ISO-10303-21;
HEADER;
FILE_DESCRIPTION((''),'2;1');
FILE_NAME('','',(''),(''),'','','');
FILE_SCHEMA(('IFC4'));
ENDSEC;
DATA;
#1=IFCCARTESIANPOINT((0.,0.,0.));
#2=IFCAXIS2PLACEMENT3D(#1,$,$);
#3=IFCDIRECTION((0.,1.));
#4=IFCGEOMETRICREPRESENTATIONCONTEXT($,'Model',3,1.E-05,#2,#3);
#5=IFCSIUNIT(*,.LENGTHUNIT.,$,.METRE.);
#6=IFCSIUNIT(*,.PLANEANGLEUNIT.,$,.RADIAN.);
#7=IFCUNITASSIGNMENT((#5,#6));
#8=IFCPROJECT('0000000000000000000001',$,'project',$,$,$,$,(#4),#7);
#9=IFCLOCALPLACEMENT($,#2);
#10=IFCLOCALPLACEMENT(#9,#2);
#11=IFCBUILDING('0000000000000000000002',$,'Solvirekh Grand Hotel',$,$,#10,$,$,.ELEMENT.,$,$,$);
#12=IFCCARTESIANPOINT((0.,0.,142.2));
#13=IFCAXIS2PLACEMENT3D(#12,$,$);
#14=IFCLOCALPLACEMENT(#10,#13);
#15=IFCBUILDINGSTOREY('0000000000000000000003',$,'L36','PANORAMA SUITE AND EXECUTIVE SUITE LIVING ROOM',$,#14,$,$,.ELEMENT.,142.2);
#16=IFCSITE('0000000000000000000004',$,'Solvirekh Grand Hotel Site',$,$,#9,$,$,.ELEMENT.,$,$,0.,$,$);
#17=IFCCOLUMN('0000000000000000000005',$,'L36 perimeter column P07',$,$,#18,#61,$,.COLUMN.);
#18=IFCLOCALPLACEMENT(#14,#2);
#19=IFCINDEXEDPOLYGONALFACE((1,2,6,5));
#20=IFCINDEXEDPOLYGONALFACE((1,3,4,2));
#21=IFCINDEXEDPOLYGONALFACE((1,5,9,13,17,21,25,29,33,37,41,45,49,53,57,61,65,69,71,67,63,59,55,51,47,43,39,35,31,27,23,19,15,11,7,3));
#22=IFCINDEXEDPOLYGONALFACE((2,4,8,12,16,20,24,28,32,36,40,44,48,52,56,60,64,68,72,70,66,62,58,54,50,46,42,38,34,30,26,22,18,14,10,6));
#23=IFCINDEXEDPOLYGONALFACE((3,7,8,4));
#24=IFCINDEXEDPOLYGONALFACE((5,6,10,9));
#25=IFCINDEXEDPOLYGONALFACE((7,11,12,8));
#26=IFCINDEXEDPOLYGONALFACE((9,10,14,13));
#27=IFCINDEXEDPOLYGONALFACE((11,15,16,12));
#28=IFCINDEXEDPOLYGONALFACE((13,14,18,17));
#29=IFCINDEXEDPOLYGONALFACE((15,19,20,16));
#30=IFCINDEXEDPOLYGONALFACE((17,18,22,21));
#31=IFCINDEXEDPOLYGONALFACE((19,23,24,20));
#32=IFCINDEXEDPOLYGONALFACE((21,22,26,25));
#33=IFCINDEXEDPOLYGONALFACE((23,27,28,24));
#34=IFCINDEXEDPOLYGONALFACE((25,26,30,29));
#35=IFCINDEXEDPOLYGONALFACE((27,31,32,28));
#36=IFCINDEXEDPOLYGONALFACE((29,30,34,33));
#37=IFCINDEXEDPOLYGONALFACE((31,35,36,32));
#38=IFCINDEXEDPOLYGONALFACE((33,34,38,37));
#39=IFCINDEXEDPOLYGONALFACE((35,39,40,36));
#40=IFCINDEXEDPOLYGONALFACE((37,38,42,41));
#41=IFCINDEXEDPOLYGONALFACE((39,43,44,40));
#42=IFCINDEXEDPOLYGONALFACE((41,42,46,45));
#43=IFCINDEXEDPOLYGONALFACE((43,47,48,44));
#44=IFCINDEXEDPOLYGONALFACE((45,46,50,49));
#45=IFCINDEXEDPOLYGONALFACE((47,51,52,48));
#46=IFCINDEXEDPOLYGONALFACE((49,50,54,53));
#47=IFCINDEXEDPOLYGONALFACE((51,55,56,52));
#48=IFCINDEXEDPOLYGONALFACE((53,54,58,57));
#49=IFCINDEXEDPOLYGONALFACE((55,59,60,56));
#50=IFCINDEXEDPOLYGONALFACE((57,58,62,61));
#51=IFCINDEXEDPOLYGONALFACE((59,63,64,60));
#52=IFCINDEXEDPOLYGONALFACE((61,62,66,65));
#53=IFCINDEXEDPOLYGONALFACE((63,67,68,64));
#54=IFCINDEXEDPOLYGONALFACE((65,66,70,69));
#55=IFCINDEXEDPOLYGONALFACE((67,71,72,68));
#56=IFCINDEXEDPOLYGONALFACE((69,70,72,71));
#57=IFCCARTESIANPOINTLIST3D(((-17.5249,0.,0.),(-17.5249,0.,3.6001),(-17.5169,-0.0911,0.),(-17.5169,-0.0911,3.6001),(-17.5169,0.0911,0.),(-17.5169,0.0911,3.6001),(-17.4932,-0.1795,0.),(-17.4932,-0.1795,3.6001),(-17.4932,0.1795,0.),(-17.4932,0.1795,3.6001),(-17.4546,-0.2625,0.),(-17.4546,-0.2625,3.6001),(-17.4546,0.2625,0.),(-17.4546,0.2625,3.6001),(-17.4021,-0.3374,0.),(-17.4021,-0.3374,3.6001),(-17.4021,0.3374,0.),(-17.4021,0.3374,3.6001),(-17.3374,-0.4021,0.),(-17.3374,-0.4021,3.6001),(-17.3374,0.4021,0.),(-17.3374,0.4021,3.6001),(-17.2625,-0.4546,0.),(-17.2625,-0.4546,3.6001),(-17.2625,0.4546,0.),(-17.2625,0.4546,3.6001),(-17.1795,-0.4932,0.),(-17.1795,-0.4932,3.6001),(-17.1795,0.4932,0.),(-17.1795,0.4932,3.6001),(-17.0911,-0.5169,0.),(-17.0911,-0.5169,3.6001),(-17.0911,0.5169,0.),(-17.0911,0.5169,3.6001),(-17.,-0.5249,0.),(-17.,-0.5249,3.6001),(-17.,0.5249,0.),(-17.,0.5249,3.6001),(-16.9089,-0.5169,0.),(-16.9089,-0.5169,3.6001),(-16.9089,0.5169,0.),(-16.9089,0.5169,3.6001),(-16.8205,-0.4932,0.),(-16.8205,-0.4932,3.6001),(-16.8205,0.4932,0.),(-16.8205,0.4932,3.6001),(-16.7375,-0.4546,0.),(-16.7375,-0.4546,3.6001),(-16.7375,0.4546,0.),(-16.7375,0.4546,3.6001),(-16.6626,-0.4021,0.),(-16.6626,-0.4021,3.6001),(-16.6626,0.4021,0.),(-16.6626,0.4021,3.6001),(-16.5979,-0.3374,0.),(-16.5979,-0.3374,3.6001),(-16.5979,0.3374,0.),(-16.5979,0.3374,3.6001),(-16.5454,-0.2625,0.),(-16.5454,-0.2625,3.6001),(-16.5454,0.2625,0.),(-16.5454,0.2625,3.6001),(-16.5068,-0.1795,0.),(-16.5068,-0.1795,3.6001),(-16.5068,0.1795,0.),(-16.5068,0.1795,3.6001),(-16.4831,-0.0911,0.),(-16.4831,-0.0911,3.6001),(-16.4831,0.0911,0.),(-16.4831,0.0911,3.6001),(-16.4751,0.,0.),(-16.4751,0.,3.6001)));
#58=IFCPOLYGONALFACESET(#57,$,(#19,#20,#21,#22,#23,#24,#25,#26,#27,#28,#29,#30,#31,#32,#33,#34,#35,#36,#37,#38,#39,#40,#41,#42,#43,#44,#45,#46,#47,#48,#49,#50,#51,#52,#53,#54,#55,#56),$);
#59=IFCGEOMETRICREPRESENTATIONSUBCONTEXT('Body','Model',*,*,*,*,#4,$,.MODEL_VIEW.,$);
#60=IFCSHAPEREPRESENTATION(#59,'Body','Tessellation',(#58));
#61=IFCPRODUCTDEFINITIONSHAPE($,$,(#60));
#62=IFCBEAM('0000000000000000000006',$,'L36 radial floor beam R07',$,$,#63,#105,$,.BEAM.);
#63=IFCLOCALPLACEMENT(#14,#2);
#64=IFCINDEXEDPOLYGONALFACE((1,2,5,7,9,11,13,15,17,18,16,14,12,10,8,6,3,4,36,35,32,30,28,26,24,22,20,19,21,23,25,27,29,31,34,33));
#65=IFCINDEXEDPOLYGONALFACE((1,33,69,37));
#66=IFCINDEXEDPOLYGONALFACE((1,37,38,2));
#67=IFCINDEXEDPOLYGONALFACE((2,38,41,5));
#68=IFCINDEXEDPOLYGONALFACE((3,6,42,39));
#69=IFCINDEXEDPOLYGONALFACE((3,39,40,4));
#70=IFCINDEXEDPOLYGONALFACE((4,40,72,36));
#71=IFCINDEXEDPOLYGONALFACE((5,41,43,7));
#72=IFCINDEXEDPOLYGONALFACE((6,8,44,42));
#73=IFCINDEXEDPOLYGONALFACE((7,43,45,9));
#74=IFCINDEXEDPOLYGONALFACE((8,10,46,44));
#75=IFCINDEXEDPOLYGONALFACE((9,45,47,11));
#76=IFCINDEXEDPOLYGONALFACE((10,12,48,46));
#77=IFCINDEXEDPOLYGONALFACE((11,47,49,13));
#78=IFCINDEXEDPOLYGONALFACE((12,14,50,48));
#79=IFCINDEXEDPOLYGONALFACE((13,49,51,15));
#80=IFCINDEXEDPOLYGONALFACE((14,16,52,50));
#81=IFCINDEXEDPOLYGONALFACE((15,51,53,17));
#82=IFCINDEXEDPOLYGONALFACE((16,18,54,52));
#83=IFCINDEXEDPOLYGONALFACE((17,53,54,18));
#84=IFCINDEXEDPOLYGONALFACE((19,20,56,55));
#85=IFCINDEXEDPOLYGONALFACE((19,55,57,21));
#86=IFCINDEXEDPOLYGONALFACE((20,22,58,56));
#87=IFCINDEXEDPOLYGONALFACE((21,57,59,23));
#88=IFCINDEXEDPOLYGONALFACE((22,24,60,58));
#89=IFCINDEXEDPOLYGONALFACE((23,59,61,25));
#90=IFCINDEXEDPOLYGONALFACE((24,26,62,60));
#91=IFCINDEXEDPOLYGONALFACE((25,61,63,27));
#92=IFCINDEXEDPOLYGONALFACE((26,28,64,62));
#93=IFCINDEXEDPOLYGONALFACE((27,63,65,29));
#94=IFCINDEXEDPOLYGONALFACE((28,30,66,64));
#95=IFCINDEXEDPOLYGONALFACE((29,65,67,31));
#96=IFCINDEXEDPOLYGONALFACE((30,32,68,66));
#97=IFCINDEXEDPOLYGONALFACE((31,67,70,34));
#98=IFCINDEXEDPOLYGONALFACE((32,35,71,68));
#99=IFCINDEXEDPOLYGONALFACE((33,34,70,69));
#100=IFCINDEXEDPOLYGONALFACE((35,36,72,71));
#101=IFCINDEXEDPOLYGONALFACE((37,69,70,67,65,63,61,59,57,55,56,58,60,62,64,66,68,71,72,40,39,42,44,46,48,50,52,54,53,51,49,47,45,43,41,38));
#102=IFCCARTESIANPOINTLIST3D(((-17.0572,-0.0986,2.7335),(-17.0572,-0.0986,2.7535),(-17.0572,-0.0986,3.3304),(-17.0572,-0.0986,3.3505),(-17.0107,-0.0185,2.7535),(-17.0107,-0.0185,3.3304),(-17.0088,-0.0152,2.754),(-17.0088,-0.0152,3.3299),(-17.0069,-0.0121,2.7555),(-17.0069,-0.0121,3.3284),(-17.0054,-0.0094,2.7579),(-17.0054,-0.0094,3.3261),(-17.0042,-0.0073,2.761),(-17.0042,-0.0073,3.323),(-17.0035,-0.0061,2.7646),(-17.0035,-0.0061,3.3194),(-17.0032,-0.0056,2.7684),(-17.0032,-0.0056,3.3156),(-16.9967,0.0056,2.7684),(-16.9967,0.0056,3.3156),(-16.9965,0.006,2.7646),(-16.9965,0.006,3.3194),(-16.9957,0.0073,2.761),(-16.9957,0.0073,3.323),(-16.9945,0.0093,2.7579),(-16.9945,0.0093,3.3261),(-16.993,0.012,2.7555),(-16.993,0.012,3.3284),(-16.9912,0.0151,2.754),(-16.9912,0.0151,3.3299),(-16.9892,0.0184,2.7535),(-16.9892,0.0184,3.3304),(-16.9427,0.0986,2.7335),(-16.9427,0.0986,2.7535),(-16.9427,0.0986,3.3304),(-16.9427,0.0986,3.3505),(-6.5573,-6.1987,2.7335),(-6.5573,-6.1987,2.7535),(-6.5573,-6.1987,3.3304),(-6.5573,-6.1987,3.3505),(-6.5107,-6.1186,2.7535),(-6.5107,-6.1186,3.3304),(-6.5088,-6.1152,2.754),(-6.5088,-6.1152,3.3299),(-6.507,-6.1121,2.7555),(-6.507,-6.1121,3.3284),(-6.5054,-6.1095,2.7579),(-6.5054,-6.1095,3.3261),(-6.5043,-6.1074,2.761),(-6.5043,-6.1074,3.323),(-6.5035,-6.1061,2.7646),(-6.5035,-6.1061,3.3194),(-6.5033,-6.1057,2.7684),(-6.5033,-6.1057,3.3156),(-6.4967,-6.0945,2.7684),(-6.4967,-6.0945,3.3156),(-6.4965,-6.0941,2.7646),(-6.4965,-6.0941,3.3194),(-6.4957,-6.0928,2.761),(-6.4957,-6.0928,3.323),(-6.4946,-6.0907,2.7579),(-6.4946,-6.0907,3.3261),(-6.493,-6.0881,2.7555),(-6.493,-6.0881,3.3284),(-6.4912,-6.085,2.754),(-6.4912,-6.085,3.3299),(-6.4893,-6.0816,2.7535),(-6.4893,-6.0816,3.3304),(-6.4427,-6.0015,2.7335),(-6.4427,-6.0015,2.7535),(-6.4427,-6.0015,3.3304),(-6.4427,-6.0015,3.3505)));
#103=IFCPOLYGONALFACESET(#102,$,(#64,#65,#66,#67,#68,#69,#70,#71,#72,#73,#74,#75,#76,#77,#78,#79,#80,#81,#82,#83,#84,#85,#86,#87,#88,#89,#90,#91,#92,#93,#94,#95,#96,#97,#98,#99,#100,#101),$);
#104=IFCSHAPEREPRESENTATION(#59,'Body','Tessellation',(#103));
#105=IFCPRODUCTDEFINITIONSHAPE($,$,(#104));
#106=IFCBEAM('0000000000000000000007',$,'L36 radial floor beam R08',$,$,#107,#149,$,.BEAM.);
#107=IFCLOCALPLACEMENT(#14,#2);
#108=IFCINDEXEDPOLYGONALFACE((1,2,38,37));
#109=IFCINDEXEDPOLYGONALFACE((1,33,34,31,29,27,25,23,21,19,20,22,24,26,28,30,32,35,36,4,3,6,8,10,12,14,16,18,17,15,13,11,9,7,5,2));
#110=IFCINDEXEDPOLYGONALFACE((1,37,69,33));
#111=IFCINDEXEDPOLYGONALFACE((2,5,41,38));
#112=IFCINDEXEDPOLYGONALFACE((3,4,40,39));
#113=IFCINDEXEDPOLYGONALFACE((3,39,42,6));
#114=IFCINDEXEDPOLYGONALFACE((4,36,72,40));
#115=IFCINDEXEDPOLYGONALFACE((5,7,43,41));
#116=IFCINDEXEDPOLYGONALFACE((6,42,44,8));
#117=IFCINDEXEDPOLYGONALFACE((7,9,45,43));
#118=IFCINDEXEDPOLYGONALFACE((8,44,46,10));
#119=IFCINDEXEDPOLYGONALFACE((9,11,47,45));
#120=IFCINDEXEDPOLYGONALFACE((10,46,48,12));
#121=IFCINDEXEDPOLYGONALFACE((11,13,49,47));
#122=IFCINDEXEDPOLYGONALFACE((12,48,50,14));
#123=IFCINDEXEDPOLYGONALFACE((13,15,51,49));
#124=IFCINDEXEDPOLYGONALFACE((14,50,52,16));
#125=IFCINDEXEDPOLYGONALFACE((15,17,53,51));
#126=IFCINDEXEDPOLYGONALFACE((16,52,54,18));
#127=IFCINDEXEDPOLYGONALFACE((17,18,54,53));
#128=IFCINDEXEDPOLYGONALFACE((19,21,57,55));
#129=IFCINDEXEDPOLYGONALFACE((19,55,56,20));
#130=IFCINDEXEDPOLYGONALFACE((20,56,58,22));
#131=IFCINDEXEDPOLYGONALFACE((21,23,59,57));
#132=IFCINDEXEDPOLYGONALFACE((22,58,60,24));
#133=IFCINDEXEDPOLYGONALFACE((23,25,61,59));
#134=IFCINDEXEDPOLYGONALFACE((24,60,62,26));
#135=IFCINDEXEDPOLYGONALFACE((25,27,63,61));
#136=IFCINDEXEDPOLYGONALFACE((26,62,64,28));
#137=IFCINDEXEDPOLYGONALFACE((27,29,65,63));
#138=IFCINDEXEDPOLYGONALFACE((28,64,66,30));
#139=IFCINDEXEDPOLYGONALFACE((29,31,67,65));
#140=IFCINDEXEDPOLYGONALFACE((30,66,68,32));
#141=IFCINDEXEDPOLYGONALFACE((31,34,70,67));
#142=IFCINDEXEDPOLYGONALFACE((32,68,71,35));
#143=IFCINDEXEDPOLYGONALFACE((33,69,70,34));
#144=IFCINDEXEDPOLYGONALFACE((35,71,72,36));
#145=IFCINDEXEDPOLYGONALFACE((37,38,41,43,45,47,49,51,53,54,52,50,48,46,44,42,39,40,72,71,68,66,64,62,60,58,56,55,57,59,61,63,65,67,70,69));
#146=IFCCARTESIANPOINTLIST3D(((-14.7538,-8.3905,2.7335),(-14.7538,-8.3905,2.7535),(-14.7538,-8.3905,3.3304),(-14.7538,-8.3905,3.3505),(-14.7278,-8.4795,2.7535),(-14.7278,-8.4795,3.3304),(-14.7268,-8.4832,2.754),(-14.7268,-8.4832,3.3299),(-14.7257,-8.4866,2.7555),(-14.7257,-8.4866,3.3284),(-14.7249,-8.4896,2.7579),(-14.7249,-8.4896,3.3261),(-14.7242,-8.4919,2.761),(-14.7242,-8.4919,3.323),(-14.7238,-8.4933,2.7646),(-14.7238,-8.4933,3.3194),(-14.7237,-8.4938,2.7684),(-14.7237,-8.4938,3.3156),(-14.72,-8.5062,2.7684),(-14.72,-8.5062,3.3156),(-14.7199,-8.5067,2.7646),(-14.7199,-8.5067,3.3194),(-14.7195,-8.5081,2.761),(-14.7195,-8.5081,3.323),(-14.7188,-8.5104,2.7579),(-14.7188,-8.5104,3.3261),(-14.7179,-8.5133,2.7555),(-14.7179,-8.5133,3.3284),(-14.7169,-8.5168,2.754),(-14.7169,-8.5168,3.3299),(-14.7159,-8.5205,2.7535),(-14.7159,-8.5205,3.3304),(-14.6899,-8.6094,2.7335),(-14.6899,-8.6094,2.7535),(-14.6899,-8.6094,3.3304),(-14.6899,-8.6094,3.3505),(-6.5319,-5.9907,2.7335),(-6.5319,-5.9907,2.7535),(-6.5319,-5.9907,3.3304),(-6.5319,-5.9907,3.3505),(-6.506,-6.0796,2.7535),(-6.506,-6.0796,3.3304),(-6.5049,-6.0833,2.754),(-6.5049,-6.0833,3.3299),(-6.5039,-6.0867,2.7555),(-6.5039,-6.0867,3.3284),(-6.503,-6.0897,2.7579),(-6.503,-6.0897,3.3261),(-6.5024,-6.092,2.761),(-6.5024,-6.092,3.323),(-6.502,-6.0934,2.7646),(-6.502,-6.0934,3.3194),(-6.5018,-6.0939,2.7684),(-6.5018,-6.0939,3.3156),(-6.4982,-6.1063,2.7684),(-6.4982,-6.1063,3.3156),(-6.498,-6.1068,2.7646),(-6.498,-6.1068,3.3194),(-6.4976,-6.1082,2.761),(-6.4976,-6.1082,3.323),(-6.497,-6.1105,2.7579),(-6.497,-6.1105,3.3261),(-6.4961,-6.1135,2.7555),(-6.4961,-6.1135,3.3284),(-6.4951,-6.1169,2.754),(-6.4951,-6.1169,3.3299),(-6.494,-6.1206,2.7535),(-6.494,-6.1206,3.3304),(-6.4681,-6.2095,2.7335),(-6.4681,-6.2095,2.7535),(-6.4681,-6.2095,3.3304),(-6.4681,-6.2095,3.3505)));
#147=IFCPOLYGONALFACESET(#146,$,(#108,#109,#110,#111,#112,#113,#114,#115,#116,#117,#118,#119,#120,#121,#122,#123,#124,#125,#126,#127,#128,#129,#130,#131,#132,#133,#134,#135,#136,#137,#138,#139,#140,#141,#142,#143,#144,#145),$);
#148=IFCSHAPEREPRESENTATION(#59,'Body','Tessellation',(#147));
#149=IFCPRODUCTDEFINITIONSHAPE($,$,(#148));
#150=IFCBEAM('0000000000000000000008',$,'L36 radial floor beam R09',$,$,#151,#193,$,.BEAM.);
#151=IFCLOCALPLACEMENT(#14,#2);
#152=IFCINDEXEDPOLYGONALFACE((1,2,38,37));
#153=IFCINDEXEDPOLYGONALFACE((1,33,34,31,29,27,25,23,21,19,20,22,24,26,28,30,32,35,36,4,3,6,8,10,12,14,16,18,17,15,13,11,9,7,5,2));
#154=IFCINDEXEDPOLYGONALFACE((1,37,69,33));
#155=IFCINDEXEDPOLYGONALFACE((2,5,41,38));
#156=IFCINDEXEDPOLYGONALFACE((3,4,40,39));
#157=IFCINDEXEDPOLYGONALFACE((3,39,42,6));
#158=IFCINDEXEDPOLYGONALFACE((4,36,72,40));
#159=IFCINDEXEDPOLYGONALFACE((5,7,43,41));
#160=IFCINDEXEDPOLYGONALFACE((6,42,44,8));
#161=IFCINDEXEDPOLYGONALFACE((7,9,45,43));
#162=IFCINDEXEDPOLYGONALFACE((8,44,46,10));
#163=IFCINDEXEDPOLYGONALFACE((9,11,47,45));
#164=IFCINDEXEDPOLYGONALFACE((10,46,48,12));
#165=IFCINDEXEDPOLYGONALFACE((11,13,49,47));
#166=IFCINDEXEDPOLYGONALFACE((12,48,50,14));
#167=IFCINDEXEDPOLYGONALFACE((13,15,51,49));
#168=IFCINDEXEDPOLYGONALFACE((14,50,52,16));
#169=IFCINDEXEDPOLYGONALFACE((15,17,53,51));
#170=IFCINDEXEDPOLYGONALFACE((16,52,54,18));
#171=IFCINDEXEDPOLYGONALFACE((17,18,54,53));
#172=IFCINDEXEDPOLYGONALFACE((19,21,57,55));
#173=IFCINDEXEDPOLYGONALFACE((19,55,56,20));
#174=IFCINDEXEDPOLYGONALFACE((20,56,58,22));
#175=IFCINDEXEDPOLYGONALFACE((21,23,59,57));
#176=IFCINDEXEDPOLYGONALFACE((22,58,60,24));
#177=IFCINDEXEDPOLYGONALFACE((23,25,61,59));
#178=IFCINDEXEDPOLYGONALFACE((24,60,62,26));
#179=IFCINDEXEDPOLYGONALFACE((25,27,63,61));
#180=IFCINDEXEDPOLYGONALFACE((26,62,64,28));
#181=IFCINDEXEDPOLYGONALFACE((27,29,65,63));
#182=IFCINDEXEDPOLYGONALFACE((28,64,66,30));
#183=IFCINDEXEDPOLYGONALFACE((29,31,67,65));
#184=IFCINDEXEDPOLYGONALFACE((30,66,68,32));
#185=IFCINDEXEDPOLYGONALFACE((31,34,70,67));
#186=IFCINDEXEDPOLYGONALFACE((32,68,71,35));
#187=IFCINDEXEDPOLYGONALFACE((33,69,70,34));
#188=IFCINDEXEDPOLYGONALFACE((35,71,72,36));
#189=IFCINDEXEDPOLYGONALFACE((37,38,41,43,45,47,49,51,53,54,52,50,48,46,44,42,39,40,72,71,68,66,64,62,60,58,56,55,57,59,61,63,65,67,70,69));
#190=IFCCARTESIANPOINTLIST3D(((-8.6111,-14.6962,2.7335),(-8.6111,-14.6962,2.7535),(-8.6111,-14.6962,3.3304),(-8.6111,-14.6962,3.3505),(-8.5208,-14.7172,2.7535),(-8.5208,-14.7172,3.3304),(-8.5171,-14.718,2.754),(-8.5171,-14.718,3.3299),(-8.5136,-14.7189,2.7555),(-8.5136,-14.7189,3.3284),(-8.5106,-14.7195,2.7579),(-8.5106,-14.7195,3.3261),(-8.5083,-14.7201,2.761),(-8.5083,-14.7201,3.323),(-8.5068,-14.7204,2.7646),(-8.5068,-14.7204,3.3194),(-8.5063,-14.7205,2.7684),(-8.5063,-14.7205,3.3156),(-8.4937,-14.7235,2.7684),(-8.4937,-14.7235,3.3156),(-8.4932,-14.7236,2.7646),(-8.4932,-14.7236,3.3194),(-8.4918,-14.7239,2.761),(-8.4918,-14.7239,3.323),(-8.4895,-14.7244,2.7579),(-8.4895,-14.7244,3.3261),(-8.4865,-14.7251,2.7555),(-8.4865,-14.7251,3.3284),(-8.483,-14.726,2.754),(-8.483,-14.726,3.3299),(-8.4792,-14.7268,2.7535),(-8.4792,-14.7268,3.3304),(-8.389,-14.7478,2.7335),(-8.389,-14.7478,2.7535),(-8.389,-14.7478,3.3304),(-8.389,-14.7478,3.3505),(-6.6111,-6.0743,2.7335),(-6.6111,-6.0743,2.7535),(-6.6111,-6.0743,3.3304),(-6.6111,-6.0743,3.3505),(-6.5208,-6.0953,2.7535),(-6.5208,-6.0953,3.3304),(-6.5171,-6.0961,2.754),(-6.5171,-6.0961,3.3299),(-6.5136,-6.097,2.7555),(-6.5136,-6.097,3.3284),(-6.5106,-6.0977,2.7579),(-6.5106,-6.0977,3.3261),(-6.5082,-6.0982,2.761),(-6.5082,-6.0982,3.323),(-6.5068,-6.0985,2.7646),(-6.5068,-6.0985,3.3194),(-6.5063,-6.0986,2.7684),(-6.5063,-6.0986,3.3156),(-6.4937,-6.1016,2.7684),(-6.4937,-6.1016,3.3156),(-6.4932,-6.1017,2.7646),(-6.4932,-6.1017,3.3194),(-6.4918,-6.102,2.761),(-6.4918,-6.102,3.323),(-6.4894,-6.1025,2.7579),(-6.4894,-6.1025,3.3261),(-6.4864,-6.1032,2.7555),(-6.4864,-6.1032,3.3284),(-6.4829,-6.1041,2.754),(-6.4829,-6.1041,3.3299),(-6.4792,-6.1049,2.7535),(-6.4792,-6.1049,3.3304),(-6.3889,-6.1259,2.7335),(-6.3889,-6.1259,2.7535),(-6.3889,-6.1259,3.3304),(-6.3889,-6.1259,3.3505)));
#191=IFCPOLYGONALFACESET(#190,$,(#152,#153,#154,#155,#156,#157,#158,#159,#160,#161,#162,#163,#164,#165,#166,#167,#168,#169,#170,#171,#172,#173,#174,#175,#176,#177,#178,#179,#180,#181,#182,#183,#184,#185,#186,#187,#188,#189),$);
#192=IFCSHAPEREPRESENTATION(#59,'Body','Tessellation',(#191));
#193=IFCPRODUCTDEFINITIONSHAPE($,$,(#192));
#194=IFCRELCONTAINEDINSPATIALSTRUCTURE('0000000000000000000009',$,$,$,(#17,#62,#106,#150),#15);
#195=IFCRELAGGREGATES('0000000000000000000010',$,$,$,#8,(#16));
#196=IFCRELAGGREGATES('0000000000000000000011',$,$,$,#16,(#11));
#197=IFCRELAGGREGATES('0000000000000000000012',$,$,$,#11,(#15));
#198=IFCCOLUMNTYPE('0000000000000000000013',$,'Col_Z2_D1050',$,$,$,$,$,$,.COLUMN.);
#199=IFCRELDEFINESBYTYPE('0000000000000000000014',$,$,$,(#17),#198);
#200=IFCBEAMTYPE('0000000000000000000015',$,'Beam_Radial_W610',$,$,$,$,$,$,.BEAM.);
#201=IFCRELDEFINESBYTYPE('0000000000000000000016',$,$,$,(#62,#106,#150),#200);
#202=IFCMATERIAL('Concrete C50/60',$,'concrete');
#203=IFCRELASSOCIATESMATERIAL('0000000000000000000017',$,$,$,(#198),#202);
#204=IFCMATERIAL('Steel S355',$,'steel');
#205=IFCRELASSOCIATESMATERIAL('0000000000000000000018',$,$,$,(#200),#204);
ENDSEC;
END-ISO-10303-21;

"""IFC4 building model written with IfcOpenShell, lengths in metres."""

from ifc_helpers import new_model, si_unit, direction, frame, origin, origin_2d, place, context, subcontext, project, spatial, circle, i_section, extrude, material, material_profile, profile_set, type_object, element, save


model = new_model("IFC4")

# Units and contexts
model_context = context("Model", 3, precision=1e-05, world=origin(), true_north=direction((0.0, 1.0)))
body_context = subcontext(model_context, "Body", "Model", "MODEL_VIEW")
ifc_project = project(units=[si_unit("LENGTHUNIT", "METRE"), si_unit("PLANEANGLEUNIT", "RADIAN")], contexts=[model_context])

# Site, building, storey
site_placement = place(None, origin())
site = spatial("IfcSite", under=ifc_project, at=site_placement, Name="Solvirekh Grand Hotel Site", CompositionType="ELEMENT", RefElevation=0.0)
building_placement = place(site_placement, origin())
building = spatial("IfcBuilding", under=site, at=building_placement, Name="Solvirekh Grand Hotel", CompositionType="ELEMENT")
storey_placement = place(building_placement, frame((0.0, 0.0, 142.2)))
storey = spatial("IfcBuildingStorey", under=building, at=storey_placement, Name="L36", Description="PANORAMA SUITE AND EXECUTIVE SUITE LIVING ROOM", CompositionType="ELEMENT", Elevation=142.2)

# Column
ifc_material_1 = material(Name="Concrete C50/60", Category="concrete")
ifc_material_profile_1 = material_profile(ifc_material_1, circle(Radius=0.5249, at=origin_2d()), Name="RC CIRC D1050")
ifc_profile_set_1 = profile_set([ifc_material_profile_1], Name="Concrete C50/60")
column_type = type_object("IfcColumnType", Name="Col_Z2_D1050", PredefinedType="COLUMN", material=ifc_profile_set_1)
column_placement = place(storey_placement, frame((-17.0, 0.0, 0.0), z_axis=(0.0, 0.0, 1.0), x_axis=(1.0, 0.0, 0.0)))
element("IfcColumn", 1, at=column_placement, inside=storey, type_object=column_type, Name="L36 perimeter column P07", PredefinedType="COLUMN", context=body_context, shape_type="SweptSolid", body=[
    extrude(circle(Radius=0.5249, at=origin_2d()), origin(), (0.0, 0.0, 1.0), 3.6001),
])

# Beams
ifc_material_2 = material(Name="Steel S355", Category="steel")
ifc_material_profile_2 = material_profile(ifc_material_2, i_section(OverallWidth=0.228, OverallDepth=0.6169, WebThickness=0.0129, FlangeThickness=0.02, FilletRadius=0.0149, at=origin_2d()), Name="W610X140")
ifc_profile_set_2 = profile_set([ifc_material_profile_2], Name="Steel S355")
beam_type_1 = type_object("IfcBeamType", Name="Beam_Radial_W610", PredefinedType="BEAM", material=ifc_profile_set_2)
beam_1_placement = place(storey_placement, frame((-6.5, -6.1001, 3.042), z_axis=(-0.86467, 0.50234, 0.0), x_axis=(-0.50234, -0.86467, 0.0)))
element("IfcBeam", 2, at=beam_1_placement, inside=storey, type_object=beam_type_1, Name="L36 radial floor beam R07", PredefinedType="BEAM", context=body_context, shape_type="SweptSolid", body=[
    extrude(i_section(OverallWidth=0.228, OverallDepth=0.6169, WebThickness=0.0129, FlangeThickness=0.02, FilletRadius=0.0149, at=origin_2d()), origin(), (0.0, 0.0, 1.0), 12.1433),
])
beam_2_placement = place(storey_placement, frame((-6.5, -6.1001, 3.042), z_axis=(-0.959942, -0.280198, 0.0), x_axis=(0.280198, -0.959942, 0.0)))
element("IfcBeam", 3, at=beam_2_placement, inside=storey, type_object=beam_type_1, Name="L36 radial floor beam R08", PredefinedType="BEAM", context=body_context, shape_type="SweptSolid", body=[
    extrude(i_section(OverallWidth=0.228, OverallDepth=0.6169, WebThickness=0.0129, FlangeThickness=0.02, FilletRadius=0.0149, at=origin_2d()), origin(), (0.0, 0.0, 1.0), 8.5649),
])
beam_3_placement = place(storey_placement, frame((-6.5, -6.1001, 3.042), z_axis=(-0.225969, -0.974134, 0.0), x_axis=(0.974134, -0.225969, 0.0)))
element("IfcBeam", 4, at=beam_3_placement, inside=storey, type_object=beam_type_1, Name="L36 radial floor beam R09", PredefinedType="BEAM", context=body_context, shape_type="SweptSolid", body=[
    extrude(i_section(OverallWidth=0.228, OverallDepth=0.6169, WebThickness=0.0129, FlangeThickness=0.02, FilletRadius=0.0149, at=origin_2d()), origin(), (0.0, 0.0, 1.0), 8.8508),
])

save(model, "model.ifc")
